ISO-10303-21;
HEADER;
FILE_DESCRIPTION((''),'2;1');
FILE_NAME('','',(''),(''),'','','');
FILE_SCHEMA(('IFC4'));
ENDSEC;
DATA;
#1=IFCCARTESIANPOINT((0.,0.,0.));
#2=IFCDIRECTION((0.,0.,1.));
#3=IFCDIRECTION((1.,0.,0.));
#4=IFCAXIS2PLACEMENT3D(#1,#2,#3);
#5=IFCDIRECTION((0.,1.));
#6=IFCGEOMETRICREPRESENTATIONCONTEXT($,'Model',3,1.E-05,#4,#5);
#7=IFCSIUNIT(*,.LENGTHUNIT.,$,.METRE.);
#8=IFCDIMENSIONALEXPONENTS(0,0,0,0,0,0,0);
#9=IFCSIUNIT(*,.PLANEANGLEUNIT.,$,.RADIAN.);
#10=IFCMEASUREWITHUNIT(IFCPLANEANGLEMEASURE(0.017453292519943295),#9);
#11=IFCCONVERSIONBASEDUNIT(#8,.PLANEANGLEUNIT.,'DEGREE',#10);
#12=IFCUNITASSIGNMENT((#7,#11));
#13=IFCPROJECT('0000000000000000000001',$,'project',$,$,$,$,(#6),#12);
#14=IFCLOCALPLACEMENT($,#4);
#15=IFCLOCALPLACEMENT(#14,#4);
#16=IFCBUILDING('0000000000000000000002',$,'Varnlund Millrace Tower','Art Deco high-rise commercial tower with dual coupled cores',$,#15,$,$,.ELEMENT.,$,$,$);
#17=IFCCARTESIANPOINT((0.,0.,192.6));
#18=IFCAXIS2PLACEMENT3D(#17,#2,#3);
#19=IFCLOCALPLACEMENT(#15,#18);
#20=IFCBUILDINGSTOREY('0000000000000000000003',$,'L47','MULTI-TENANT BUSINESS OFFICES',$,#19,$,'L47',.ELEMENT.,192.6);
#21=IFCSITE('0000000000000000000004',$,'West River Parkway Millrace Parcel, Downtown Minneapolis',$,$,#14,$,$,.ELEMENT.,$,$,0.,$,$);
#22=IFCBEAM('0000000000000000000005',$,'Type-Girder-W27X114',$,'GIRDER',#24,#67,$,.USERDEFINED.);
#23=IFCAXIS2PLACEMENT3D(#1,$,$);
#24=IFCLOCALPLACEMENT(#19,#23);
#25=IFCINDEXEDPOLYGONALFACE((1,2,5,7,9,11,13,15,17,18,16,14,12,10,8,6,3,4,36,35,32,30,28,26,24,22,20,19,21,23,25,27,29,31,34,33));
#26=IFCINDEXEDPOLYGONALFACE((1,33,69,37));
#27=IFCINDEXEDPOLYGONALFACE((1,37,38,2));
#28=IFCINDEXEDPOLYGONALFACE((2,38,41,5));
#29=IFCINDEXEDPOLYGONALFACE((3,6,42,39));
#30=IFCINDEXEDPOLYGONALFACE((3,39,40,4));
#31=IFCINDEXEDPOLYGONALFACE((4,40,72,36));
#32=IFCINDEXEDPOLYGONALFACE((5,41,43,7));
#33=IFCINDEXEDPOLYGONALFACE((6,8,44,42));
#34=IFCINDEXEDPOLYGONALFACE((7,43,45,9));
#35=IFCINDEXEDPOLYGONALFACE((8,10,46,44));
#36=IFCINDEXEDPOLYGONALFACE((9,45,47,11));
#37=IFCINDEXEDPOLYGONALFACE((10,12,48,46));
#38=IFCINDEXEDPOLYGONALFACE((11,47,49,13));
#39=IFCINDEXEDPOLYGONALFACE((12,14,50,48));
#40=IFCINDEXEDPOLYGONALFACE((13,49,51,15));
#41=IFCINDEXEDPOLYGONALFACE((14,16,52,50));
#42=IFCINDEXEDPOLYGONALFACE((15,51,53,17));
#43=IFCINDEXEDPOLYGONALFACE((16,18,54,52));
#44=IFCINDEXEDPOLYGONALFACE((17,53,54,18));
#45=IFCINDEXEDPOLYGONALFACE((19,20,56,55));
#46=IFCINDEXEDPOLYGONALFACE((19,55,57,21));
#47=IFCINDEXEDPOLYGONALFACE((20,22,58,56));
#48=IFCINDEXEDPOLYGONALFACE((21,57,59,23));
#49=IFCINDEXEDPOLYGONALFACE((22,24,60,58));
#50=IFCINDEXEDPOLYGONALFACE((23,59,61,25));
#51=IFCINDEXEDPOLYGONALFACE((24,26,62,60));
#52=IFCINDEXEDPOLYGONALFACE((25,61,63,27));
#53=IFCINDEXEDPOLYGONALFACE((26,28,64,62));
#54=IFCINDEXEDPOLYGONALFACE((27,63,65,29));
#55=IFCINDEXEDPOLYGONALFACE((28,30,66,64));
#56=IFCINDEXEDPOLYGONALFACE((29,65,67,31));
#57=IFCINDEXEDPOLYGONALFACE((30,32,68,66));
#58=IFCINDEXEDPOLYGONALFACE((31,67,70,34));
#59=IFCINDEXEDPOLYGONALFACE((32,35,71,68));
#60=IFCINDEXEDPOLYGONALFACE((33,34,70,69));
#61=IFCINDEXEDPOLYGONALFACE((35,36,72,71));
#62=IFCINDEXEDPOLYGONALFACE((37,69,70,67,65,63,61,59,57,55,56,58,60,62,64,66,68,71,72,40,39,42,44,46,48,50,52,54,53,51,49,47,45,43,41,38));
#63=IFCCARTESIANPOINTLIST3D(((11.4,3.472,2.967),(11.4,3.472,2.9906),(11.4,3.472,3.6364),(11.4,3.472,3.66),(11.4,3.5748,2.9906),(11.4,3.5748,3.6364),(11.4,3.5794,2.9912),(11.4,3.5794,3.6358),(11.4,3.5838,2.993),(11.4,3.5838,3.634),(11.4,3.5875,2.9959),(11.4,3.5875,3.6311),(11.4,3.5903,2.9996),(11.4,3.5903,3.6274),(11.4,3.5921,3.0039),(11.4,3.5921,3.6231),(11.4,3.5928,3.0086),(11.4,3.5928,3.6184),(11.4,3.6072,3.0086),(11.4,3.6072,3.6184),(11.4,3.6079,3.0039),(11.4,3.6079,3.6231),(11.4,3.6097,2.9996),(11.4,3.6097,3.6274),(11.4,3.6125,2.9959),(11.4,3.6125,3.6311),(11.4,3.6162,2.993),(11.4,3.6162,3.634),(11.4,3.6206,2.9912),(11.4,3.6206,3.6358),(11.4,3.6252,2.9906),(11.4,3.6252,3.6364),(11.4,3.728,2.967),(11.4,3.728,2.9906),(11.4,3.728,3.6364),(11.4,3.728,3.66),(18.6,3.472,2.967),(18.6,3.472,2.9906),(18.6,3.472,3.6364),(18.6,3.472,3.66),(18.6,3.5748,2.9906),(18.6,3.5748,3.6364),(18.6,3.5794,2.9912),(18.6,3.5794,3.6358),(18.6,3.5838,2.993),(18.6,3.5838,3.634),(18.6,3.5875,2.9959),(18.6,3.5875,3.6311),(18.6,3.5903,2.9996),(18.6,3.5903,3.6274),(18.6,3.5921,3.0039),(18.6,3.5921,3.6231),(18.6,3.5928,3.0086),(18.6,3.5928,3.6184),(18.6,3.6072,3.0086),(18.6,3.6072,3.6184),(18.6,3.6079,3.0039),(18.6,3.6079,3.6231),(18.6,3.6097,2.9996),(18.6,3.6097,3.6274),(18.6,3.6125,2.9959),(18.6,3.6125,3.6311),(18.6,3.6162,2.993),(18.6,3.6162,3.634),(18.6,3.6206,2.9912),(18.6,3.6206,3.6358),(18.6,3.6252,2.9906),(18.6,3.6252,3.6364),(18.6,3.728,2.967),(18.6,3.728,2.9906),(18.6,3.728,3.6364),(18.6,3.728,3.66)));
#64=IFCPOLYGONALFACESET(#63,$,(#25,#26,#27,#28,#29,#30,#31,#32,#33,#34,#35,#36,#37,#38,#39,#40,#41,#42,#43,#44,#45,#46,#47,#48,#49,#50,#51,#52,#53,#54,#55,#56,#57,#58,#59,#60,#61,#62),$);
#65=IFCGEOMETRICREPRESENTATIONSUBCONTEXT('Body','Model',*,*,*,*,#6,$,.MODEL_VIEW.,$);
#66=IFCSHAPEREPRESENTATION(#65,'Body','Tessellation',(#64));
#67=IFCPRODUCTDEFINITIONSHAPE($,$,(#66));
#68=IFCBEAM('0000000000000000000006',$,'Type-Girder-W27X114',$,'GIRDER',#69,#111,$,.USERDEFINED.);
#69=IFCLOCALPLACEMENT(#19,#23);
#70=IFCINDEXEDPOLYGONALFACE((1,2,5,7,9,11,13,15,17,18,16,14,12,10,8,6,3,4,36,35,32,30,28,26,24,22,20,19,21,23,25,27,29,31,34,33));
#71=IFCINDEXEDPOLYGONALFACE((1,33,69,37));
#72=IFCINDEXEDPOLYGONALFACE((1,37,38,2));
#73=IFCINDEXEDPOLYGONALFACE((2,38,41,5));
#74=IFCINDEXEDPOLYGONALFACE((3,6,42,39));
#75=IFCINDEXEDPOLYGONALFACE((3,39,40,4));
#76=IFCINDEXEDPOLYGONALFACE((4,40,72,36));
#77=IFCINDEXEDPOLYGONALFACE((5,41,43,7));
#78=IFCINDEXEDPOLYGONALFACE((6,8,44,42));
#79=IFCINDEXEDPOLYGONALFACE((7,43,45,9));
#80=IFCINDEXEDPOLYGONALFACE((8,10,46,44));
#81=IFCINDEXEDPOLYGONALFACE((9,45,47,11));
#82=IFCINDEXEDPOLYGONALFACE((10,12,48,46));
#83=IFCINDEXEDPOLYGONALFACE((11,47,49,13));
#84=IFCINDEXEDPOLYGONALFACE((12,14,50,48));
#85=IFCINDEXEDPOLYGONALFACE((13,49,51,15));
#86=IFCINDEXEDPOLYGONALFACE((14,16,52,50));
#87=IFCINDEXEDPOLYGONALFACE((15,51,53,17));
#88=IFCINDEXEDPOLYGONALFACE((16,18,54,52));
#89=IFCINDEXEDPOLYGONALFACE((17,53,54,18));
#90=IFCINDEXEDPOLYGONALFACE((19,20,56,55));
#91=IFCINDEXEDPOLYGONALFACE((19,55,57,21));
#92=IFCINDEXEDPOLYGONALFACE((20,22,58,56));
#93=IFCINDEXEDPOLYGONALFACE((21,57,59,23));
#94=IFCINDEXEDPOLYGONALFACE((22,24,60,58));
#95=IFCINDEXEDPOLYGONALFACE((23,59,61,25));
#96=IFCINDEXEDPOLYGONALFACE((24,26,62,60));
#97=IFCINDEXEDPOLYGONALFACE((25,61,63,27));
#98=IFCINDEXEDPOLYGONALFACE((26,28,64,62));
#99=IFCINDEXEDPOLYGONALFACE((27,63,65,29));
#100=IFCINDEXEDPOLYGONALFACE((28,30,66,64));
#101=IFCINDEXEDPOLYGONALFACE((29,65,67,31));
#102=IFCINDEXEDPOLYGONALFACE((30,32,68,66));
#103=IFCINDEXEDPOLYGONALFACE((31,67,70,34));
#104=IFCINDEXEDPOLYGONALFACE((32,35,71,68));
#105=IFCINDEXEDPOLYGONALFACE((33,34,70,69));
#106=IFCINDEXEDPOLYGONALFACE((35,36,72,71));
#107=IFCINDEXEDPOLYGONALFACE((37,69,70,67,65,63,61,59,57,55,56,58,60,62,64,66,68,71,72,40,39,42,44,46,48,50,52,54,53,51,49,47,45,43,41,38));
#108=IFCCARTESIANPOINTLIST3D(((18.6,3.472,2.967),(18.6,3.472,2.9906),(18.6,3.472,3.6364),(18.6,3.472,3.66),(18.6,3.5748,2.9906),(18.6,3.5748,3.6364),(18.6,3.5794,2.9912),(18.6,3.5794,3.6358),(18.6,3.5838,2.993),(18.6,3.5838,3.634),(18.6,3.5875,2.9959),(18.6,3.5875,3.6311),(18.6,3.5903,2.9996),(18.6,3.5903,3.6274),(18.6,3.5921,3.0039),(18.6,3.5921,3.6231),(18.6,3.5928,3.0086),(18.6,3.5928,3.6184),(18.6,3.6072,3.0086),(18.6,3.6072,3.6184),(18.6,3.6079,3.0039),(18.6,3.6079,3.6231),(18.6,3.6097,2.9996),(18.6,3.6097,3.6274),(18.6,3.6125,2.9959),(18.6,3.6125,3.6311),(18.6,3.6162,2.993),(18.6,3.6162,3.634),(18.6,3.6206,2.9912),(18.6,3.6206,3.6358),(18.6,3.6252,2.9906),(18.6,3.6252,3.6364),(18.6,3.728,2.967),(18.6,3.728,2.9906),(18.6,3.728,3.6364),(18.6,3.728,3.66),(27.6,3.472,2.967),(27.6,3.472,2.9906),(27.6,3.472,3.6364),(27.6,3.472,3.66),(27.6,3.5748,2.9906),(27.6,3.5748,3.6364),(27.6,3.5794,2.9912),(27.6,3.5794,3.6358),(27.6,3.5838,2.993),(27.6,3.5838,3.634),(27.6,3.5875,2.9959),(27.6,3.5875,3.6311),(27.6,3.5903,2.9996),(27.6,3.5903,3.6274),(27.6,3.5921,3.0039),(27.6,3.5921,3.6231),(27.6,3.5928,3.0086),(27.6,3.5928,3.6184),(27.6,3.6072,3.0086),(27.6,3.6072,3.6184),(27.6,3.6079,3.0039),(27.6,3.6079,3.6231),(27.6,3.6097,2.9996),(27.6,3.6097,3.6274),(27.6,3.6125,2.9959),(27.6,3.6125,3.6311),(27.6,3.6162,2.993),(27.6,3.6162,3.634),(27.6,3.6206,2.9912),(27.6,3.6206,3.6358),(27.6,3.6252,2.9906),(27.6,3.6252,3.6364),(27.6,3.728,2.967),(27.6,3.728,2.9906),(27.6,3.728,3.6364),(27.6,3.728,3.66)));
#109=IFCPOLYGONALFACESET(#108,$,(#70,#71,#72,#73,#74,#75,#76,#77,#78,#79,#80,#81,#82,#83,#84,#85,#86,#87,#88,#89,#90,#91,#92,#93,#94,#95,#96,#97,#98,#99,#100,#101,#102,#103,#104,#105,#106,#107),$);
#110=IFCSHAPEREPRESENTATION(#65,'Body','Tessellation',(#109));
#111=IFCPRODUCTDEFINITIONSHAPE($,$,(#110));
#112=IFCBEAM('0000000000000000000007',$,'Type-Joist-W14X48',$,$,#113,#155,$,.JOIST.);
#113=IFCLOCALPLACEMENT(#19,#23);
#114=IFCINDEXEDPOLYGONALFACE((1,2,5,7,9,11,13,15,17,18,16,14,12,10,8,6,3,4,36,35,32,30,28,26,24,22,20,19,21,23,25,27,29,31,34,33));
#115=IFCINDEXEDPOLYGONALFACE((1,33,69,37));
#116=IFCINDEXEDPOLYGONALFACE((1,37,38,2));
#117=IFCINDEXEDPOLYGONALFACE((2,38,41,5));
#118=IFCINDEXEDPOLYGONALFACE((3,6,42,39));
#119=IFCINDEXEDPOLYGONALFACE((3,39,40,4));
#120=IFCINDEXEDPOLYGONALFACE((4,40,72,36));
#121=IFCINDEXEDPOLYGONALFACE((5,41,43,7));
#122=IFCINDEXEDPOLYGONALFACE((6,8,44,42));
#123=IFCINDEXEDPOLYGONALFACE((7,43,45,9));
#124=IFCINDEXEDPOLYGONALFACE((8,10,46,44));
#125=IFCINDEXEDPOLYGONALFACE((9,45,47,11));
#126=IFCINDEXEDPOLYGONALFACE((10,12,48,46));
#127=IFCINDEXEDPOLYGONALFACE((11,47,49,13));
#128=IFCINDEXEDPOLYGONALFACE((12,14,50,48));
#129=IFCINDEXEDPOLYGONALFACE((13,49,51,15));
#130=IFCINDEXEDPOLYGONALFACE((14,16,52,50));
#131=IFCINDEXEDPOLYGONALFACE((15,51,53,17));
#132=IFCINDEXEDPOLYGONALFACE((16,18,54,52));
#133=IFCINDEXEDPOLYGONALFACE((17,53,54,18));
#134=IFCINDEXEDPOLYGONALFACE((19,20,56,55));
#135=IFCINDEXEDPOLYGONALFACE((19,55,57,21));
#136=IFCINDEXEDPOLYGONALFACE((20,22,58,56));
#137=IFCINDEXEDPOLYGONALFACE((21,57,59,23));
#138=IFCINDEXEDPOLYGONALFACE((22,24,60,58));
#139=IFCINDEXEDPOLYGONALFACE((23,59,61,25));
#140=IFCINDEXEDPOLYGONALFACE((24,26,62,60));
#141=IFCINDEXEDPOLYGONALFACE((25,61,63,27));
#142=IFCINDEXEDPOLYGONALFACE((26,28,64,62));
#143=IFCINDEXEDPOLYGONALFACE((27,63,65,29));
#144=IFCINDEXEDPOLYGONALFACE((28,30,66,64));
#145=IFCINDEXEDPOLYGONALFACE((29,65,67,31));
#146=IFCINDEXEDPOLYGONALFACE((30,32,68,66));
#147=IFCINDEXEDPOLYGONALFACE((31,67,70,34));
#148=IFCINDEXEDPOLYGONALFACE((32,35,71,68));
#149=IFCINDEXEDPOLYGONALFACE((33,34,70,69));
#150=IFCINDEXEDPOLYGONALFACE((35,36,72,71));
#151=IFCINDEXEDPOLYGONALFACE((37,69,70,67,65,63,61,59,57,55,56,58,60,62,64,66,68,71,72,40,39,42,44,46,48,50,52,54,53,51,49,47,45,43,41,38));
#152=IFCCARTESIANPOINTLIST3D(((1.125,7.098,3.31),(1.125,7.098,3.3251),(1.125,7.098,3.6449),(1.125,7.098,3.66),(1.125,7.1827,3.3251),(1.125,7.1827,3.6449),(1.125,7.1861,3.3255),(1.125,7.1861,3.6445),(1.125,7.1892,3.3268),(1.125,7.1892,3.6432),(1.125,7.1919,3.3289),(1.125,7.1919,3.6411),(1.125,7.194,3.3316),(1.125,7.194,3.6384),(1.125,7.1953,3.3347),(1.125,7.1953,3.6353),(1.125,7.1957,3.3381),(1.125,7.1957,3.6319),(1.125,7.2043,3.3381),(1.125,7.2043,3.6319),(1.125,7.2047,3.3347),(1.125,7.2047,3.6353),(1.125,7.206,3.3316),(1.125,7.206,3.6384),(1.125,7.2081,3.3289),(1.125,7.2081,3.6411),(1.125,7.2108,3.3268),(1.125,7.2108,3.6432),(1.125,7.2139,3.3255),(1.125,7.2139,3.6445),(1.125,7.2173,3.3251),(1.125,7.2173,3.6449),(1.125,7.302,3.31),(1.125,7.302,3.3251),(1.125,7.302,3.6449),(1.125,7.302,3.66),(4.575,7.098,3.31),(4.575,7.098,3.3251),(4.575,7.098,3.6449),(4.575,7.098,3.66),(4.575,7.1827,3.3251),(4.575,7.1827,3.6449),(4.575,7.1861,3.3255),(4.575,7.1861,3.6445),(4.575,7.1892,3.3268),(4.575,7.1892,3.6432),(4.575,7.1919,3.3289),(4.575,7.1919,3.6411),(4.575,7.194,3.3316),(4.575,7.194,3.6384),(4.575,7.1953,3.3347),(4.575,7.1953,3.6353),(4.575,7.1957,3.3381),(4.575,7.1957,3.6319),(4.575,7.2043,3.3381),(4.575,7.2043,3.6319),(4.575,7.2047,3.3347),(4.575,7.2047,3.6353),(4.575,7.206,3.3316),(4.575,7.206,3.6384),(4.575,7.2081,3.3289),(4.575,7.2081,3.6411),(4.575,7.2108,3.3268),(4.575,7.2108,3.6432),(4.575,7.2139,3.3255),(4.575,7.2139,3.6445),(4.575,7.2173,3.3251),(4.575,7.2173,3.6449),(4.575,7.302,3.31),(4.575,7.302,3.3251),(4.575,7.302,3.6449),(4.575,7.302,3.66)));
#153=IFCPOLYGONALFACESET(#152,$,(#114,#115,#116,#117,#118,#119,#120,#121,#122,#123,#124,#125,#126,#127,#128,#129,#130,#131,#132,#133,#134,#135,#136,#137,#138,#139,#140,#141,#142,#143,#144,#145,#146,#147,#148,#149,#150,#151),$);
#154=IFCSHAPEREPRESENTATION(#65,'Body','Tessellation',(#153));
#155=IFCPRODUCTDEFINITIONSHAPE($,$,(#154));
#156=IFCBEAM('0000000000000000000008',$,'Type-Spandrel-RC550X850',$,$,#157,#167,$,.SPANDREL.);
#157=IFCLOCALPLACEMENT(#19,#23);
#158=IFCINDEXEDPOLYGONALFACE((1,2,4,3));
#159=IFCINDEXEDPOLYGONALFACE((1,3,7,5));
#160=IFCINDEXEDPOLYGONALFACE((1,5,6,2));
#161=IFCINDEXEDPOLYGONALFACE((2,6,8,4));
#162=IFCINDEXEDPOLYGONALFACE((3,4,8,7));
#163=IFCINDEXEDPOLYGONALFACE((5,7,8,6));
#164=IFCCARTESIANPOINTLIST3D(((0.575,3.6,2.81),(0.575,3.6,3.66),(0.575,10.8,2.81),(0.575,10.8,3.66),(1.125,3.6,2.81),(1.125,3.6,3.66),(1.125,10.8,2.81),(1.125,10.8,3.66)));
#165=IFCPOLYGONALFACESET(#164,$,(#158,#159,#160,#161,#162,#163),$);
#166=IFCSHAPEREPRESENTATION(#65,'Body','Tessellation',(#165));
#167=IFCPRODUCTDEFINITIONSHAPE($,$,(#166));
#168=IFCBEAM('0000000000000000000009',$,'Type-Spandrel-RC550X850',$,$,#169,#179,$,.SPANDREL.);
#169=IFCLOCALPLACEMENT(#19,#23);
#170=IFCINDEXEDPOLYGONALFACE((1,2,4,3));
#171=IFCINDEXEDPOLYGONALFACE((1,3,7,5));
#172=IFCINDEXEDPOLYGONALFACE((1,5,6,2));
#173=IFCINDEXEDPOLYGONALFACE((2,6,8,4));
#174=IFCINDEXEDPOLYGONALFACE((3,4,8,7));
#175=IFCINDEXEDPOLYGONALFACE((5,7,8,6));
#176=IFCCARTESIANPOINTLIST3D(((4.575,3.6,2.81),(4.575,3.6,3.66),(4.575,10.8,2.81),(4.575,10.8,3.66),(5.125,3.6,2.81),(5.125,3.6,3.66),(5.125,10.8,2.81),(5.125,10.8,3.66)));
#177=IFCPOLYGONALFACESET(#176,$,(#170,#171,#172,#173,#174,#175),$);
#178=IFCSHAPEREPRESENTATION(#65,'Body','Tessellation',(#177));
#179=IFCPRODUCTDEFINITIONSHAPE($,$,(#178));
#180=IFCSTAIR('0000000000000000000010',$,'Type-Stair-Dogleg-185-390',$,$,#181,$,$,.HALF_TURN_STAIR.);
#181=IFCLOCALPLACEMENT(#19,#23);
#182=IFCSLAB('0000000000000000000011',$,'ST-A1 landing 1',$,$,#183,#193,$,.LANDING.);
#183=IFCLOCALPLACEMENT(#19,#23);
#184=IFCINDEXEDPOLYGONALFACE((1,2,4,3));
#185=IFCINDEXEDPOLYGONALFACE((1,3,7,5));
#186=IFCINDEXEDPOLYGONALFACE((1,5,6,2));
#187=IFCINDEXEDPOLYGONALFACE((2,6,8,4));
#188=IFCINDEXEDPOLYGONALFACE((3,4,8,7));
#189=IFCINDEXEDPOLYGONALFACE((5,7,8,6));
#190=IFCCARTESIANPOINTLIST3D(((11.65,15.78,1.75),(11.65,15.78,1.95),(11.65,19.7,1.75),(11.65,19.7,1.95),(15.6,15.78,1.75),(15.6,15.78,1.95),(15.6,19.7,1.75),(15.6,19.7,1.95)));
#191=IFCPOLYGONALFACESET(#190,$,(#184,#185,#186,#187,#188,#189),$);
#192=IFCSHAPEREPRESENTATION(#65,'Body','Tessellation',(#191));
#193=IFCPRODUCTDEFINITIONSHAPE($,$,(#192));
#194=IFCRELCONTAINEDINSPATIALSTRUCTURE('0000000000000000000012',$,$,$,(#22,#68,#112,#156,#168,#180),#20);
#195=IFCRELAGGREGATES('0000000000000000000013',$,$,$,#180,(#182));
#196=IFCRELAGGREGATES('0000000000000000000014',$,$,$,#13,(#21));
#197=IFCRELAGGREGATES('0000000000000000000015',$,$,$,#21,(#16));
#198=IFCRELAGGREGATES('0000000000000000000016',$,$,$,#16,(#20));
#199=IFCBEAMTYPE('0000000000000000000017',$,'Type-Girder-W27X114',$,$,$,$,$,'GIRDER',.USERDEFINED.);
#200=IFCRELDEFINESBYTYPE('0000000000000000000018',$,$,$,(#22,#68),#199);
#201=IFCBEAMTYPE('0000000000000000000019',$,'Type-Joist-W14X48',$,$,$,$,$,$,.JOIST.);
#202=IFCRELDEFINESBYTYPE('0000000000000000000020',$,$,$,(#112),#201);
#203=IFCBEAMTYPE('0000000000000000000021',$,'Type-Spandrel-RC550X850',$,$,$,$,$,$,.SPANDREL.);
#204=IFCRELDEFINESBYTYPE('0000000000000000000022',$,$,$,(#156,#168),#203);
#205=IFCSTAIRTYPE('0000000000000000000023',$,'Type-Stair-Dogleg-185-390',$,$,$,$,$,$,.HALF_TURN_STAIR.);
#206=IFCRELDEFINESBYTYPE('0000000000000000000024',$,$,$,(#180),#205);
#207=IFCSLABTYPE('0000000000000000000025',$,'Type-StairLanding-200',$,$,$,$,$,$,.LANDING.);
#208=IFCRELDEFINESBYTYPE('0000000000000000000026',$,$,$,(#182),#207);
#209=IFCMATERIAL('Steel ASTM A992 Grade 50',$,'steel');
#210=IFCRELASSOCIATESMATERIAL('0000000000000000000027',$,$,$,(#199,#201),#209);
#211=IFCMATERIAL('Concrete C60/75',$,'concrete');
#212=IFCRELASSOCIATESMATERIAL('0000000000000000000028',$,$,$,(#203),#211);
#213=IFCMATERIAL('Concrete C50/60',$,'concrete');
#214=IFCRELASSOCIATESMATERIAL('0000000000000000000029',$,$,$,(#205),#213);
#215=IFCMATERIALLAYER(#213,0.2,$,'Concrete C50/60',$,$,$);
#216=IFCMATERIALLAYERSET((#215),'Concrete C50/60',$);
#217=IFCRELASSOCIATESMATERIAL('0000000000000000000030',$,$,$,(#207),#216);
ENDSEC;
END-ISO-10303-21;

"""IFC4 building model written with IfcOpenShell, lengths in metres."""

from ifc_helpers import new_model, entity, si_unit, converted_unit, direction, frame, origin_with_axes, origin_2d_with_axis, place, context, subcontext, project, spatial, polyline, rectangle, i_section, outline, extrude, material, layer, layer_set, material_profile, profile_set, type_object, element, aggregate, save


model = new_model("IFC4")

# Units and contexts
model_context = context("Model", 3, precision=1e-05, world=origin_with_axes(), true_north=direction((0.0, 1.0)))
body_context = subcontext(model_context, "Body", "Model", "MODEL_VIEW")
ifc_project = project(units=[si_unit("LENGTHUNIT", "METRE"), converted_unit("PLANEANGLEUNIT", "DEGREE", entity("IfcPlaneAngleMeasure", 0.017453292519943295), si_unit("PLANEANGLEUNIT", "RADIAN"), dimensions=[0, 0, 0, 0, 0, 0, 0])], contexts=[model_context])

# Site, building, storey
site_placement = place(None, origin_with_axes())
site = spatial("IfcSite", under=ifc_project, at=site_placement, Name="West River Parkway Millrace Parcel, Downtown Minneapolis", CompositionType="ELEMENT", RefElevation=0.0)
building_placement = place(site_placement, origin_with_axes())
building = spatial("IfcBuilding", under=site, at=building_placement, Name="Varnlund Millrace Tower", Description="Art Deco high-rise commercial tower with dual coupled cores", CompositionType="ELEMENT")
storey_placement = place(building_placement, frame((0.0, 0.0, 192.6), z_axis=(0.0, 0.0, 1.0), x_axis=(1.0, 0.0, 0.0)))
storey = spatial("IfcBuildingStorey", under=building, at=storey_placement, Name="L47", Description="MULTI-TENANT BUSINESS OFFICES", LongName="L47", CompositionType="ELEMENT", Elevation=192.6)

# Beams
ifc_material_1 = material(Name="Steel ASTM A992 Grade 50", Category="steel")
ifc_material_profile_1 = material_profile(ifc_material_1, i_section(OverallWidth=0.256, OverallDepth=0.693, WebThickness=0.0145, FlangeThickness=0.0236, FilletRadius=0.018, at=origin_2d_with_axis()), Name="Steel ASTM A992 Grade 50")
ifc_profile_set_1 = profile_set([ifc_material_profile_1], Name="Steel ASTM A992 Grade 50")
beam_type_1 = type_object("IfcBeamType", Name="Type-Girder-W27X114", ElementType="GIRDER", PredefinedType="USERDEFINED", material=ifc_profile_set_1)
beam_1_placement = place(storey_placement, frame((11.4, 3.6, 3.3135), z_axis=(1.0, 0.0, 0.0), x_axis=(0.0, 1.0, 0.0)))
element("IfcBeam", 1, at=beam_1_placement, inside=storey, type_object=beam_type_1, Name="Type-Girder-W27X114", ObjectType="GIRDER", PredefinedType="USERDEFINED", context=body_context, shape_type="SweptSolid", body=[
    extrude(i_section(OverallWidth=0.256, OverallDepth=0.693, WebThickness=0.0145, FlangeThickness=0.0236, FilletRadius=0.018, at=origin_2d_with_axis()), origin_with_axes(), (0.0, 0.0, 1.0), 7.2),
])
beam_2_placement = place(storey_placement, frame((18.6, 3.6, 3.3135), z_axis=(1.0, 0.0, 0.0), x_axis=(0.0, 1.0, 0.0)))
element("IfcBeam", 2, at=beam_2_placement, inside=storey, type_object=beam_type_1, Name="Type-Girder-W27X114", ObjectType="GIRDER", PredefinedType="USERDEFINED", context=body_context, shape_type="SweptSolid", body=[
    extrude(i_section(OverallWidth=0.256, OverallDepth=0.693, WebThickness=0.0145, FlangeThickness=0.0236, FilletRadius=0.018, at=origin_2d_with_axis()), origin_with_axes(), (0.0, 0.0, 1.0), 9.0),
])
ifc_material_profile_2 = material_profile(ifc_material_1, i_section(OverallWidth=0.204, OverallDepth=0.35, WebThickness=0.0086, FlangeThickness=0.0151, FilletRadius=0.013, at=origin_2d_with_axis()), Name="Steel ASTM A992 Grade 50")
ifc_profile_set_2 = profile_set([ifc_material_profile_2], Name="Steel ASTM A992 Grade 50")
beam_type_2 = type_object("IfcBeamType", Name="Type-Joist-W14X48", PredefinedType="JOIST", material=ifc_profile_set_2)
beam_3_placement = place(storey_placement, frame((1.125, 7.2, 3.485), z_axis=(1.0, 0.0, 0.0), x_axis=(0.0, 1.0, 0.0)))
element("IfcBeam", 3, at=beam_3_placement, inside=storey, type_object=beam_type_2, Name="Type-Joist-W14X48", PredefinedType="JOIST", context=body_context, shape_type="SweptSolid", body=[
    extrude(i_section(OverallWidth=0.204, OverallDepth=0.35, WebThickness=0.0086, FlangeThickness=0.0151, FilletRadius=0.013, at=origin_2d_with_axis()), origin_with_axes(), (0.0, 0.0, 1.0), 3.45),
])
ifc_material_2 = material(Name="Concrete C60/75", Category="concrete")
ifc_material_profile_3 = material_profile(ifc_material_2, rectangle(XDim=0.55, YDim=0.85, at=origin_2d_with_axis()), Name="Concrete C60/75")
ifc_profile_set_3 = profile_set([ifc_material_profile_3], Name="Concrete C60/75")
beam_type_3 = type_object("IfcBeamType", Name="Type-Spandrel-RC550X850", PredefinedType="SPANDREL", material=ifc_profile_set_3)
for number, where, z_axis, x_axis, name in (
    (4, (0.85, 3.6, 3.235), (0.0, 1.0, 0.0), (-1.0, 0.0, 0.0), "Type-Spandrel-RC550X850"),
    (5, (4.85, 3.6, 3.235), (0.0, 1.0, 0.0), (-1.0, 0.0, 0.0), "Type-Spandrel-RC550X850"),
):
    element("IfcBeam", number, at=place(storey_placement, frame(where, z_axis=z_axis, x_axis=x_axis)), inside=storey, type_object=beam_type_3, Name=name, PredefinedType="SPANDREL", context=body_context, shape_type="SweptSolid", body=[
        extrude(rectangle(XDim=0.55, YDim=0.85, at=origin_2d_with_axis()), origin_with_axes(), (0.0, 0.0, 1.0), 7.2),
    ])

# Stair, slab
ifc_material_3 = material(Name="Concrete C50/60", Category="concrete")
stair_type_1 = type_object("IfcStairType", Name="Type-Stair-Dogleg-185-390", PredefinedType="HALF_TURN_STAIR", material=ifc_material_3)
stair_1_placement = place(storey_placement, origin_with_axes())
stair_1 = element("IfcStair", 6, at=stair_1_placement, inside=storey, type_object=stair_type_1, Name="Type-Stair-Dogleg-185-390", PredefinedType="HALF_TURN_STAIR")
ifc_layer_1 = layer(ifc_material_3, 0.2, Name="Concrete C50/60")
ifc_layer_set_1 = layer_set([ifc_layer_1], Name="Concrete C50/60")
slab_type = type_object("IfcSlabType", Name="Type-StairLanding-200", PredefinedType="LANDING", material=ifc_layer_set_1)
slab_1_placement = place(storey_placement, frame((0.0, 0.0, 1.75), z_axis=(0.0, 0.0, 1.0), x_axis=(1.0, 0.0, 0.0)))
slab_1 = element("IfcSlab", 7, at=slab_1_placement, type_object=slab_type, Name="ST-A1 landing 1", PredefinedType="LANDING", context=body_context, shape_type="SweptSolid", body=[
    extrude(outline(polyline([(15.6, 15.78), (15.6, 19.7), (11.65, 19.7), (11.65, 15.78), (15.6, 15.78)])), origin_with_axes(), (0.0, 0.0, 1.0), 0.2),
])
aggregate(stair_1, [slab_1])

save(model, "model.ifc")
